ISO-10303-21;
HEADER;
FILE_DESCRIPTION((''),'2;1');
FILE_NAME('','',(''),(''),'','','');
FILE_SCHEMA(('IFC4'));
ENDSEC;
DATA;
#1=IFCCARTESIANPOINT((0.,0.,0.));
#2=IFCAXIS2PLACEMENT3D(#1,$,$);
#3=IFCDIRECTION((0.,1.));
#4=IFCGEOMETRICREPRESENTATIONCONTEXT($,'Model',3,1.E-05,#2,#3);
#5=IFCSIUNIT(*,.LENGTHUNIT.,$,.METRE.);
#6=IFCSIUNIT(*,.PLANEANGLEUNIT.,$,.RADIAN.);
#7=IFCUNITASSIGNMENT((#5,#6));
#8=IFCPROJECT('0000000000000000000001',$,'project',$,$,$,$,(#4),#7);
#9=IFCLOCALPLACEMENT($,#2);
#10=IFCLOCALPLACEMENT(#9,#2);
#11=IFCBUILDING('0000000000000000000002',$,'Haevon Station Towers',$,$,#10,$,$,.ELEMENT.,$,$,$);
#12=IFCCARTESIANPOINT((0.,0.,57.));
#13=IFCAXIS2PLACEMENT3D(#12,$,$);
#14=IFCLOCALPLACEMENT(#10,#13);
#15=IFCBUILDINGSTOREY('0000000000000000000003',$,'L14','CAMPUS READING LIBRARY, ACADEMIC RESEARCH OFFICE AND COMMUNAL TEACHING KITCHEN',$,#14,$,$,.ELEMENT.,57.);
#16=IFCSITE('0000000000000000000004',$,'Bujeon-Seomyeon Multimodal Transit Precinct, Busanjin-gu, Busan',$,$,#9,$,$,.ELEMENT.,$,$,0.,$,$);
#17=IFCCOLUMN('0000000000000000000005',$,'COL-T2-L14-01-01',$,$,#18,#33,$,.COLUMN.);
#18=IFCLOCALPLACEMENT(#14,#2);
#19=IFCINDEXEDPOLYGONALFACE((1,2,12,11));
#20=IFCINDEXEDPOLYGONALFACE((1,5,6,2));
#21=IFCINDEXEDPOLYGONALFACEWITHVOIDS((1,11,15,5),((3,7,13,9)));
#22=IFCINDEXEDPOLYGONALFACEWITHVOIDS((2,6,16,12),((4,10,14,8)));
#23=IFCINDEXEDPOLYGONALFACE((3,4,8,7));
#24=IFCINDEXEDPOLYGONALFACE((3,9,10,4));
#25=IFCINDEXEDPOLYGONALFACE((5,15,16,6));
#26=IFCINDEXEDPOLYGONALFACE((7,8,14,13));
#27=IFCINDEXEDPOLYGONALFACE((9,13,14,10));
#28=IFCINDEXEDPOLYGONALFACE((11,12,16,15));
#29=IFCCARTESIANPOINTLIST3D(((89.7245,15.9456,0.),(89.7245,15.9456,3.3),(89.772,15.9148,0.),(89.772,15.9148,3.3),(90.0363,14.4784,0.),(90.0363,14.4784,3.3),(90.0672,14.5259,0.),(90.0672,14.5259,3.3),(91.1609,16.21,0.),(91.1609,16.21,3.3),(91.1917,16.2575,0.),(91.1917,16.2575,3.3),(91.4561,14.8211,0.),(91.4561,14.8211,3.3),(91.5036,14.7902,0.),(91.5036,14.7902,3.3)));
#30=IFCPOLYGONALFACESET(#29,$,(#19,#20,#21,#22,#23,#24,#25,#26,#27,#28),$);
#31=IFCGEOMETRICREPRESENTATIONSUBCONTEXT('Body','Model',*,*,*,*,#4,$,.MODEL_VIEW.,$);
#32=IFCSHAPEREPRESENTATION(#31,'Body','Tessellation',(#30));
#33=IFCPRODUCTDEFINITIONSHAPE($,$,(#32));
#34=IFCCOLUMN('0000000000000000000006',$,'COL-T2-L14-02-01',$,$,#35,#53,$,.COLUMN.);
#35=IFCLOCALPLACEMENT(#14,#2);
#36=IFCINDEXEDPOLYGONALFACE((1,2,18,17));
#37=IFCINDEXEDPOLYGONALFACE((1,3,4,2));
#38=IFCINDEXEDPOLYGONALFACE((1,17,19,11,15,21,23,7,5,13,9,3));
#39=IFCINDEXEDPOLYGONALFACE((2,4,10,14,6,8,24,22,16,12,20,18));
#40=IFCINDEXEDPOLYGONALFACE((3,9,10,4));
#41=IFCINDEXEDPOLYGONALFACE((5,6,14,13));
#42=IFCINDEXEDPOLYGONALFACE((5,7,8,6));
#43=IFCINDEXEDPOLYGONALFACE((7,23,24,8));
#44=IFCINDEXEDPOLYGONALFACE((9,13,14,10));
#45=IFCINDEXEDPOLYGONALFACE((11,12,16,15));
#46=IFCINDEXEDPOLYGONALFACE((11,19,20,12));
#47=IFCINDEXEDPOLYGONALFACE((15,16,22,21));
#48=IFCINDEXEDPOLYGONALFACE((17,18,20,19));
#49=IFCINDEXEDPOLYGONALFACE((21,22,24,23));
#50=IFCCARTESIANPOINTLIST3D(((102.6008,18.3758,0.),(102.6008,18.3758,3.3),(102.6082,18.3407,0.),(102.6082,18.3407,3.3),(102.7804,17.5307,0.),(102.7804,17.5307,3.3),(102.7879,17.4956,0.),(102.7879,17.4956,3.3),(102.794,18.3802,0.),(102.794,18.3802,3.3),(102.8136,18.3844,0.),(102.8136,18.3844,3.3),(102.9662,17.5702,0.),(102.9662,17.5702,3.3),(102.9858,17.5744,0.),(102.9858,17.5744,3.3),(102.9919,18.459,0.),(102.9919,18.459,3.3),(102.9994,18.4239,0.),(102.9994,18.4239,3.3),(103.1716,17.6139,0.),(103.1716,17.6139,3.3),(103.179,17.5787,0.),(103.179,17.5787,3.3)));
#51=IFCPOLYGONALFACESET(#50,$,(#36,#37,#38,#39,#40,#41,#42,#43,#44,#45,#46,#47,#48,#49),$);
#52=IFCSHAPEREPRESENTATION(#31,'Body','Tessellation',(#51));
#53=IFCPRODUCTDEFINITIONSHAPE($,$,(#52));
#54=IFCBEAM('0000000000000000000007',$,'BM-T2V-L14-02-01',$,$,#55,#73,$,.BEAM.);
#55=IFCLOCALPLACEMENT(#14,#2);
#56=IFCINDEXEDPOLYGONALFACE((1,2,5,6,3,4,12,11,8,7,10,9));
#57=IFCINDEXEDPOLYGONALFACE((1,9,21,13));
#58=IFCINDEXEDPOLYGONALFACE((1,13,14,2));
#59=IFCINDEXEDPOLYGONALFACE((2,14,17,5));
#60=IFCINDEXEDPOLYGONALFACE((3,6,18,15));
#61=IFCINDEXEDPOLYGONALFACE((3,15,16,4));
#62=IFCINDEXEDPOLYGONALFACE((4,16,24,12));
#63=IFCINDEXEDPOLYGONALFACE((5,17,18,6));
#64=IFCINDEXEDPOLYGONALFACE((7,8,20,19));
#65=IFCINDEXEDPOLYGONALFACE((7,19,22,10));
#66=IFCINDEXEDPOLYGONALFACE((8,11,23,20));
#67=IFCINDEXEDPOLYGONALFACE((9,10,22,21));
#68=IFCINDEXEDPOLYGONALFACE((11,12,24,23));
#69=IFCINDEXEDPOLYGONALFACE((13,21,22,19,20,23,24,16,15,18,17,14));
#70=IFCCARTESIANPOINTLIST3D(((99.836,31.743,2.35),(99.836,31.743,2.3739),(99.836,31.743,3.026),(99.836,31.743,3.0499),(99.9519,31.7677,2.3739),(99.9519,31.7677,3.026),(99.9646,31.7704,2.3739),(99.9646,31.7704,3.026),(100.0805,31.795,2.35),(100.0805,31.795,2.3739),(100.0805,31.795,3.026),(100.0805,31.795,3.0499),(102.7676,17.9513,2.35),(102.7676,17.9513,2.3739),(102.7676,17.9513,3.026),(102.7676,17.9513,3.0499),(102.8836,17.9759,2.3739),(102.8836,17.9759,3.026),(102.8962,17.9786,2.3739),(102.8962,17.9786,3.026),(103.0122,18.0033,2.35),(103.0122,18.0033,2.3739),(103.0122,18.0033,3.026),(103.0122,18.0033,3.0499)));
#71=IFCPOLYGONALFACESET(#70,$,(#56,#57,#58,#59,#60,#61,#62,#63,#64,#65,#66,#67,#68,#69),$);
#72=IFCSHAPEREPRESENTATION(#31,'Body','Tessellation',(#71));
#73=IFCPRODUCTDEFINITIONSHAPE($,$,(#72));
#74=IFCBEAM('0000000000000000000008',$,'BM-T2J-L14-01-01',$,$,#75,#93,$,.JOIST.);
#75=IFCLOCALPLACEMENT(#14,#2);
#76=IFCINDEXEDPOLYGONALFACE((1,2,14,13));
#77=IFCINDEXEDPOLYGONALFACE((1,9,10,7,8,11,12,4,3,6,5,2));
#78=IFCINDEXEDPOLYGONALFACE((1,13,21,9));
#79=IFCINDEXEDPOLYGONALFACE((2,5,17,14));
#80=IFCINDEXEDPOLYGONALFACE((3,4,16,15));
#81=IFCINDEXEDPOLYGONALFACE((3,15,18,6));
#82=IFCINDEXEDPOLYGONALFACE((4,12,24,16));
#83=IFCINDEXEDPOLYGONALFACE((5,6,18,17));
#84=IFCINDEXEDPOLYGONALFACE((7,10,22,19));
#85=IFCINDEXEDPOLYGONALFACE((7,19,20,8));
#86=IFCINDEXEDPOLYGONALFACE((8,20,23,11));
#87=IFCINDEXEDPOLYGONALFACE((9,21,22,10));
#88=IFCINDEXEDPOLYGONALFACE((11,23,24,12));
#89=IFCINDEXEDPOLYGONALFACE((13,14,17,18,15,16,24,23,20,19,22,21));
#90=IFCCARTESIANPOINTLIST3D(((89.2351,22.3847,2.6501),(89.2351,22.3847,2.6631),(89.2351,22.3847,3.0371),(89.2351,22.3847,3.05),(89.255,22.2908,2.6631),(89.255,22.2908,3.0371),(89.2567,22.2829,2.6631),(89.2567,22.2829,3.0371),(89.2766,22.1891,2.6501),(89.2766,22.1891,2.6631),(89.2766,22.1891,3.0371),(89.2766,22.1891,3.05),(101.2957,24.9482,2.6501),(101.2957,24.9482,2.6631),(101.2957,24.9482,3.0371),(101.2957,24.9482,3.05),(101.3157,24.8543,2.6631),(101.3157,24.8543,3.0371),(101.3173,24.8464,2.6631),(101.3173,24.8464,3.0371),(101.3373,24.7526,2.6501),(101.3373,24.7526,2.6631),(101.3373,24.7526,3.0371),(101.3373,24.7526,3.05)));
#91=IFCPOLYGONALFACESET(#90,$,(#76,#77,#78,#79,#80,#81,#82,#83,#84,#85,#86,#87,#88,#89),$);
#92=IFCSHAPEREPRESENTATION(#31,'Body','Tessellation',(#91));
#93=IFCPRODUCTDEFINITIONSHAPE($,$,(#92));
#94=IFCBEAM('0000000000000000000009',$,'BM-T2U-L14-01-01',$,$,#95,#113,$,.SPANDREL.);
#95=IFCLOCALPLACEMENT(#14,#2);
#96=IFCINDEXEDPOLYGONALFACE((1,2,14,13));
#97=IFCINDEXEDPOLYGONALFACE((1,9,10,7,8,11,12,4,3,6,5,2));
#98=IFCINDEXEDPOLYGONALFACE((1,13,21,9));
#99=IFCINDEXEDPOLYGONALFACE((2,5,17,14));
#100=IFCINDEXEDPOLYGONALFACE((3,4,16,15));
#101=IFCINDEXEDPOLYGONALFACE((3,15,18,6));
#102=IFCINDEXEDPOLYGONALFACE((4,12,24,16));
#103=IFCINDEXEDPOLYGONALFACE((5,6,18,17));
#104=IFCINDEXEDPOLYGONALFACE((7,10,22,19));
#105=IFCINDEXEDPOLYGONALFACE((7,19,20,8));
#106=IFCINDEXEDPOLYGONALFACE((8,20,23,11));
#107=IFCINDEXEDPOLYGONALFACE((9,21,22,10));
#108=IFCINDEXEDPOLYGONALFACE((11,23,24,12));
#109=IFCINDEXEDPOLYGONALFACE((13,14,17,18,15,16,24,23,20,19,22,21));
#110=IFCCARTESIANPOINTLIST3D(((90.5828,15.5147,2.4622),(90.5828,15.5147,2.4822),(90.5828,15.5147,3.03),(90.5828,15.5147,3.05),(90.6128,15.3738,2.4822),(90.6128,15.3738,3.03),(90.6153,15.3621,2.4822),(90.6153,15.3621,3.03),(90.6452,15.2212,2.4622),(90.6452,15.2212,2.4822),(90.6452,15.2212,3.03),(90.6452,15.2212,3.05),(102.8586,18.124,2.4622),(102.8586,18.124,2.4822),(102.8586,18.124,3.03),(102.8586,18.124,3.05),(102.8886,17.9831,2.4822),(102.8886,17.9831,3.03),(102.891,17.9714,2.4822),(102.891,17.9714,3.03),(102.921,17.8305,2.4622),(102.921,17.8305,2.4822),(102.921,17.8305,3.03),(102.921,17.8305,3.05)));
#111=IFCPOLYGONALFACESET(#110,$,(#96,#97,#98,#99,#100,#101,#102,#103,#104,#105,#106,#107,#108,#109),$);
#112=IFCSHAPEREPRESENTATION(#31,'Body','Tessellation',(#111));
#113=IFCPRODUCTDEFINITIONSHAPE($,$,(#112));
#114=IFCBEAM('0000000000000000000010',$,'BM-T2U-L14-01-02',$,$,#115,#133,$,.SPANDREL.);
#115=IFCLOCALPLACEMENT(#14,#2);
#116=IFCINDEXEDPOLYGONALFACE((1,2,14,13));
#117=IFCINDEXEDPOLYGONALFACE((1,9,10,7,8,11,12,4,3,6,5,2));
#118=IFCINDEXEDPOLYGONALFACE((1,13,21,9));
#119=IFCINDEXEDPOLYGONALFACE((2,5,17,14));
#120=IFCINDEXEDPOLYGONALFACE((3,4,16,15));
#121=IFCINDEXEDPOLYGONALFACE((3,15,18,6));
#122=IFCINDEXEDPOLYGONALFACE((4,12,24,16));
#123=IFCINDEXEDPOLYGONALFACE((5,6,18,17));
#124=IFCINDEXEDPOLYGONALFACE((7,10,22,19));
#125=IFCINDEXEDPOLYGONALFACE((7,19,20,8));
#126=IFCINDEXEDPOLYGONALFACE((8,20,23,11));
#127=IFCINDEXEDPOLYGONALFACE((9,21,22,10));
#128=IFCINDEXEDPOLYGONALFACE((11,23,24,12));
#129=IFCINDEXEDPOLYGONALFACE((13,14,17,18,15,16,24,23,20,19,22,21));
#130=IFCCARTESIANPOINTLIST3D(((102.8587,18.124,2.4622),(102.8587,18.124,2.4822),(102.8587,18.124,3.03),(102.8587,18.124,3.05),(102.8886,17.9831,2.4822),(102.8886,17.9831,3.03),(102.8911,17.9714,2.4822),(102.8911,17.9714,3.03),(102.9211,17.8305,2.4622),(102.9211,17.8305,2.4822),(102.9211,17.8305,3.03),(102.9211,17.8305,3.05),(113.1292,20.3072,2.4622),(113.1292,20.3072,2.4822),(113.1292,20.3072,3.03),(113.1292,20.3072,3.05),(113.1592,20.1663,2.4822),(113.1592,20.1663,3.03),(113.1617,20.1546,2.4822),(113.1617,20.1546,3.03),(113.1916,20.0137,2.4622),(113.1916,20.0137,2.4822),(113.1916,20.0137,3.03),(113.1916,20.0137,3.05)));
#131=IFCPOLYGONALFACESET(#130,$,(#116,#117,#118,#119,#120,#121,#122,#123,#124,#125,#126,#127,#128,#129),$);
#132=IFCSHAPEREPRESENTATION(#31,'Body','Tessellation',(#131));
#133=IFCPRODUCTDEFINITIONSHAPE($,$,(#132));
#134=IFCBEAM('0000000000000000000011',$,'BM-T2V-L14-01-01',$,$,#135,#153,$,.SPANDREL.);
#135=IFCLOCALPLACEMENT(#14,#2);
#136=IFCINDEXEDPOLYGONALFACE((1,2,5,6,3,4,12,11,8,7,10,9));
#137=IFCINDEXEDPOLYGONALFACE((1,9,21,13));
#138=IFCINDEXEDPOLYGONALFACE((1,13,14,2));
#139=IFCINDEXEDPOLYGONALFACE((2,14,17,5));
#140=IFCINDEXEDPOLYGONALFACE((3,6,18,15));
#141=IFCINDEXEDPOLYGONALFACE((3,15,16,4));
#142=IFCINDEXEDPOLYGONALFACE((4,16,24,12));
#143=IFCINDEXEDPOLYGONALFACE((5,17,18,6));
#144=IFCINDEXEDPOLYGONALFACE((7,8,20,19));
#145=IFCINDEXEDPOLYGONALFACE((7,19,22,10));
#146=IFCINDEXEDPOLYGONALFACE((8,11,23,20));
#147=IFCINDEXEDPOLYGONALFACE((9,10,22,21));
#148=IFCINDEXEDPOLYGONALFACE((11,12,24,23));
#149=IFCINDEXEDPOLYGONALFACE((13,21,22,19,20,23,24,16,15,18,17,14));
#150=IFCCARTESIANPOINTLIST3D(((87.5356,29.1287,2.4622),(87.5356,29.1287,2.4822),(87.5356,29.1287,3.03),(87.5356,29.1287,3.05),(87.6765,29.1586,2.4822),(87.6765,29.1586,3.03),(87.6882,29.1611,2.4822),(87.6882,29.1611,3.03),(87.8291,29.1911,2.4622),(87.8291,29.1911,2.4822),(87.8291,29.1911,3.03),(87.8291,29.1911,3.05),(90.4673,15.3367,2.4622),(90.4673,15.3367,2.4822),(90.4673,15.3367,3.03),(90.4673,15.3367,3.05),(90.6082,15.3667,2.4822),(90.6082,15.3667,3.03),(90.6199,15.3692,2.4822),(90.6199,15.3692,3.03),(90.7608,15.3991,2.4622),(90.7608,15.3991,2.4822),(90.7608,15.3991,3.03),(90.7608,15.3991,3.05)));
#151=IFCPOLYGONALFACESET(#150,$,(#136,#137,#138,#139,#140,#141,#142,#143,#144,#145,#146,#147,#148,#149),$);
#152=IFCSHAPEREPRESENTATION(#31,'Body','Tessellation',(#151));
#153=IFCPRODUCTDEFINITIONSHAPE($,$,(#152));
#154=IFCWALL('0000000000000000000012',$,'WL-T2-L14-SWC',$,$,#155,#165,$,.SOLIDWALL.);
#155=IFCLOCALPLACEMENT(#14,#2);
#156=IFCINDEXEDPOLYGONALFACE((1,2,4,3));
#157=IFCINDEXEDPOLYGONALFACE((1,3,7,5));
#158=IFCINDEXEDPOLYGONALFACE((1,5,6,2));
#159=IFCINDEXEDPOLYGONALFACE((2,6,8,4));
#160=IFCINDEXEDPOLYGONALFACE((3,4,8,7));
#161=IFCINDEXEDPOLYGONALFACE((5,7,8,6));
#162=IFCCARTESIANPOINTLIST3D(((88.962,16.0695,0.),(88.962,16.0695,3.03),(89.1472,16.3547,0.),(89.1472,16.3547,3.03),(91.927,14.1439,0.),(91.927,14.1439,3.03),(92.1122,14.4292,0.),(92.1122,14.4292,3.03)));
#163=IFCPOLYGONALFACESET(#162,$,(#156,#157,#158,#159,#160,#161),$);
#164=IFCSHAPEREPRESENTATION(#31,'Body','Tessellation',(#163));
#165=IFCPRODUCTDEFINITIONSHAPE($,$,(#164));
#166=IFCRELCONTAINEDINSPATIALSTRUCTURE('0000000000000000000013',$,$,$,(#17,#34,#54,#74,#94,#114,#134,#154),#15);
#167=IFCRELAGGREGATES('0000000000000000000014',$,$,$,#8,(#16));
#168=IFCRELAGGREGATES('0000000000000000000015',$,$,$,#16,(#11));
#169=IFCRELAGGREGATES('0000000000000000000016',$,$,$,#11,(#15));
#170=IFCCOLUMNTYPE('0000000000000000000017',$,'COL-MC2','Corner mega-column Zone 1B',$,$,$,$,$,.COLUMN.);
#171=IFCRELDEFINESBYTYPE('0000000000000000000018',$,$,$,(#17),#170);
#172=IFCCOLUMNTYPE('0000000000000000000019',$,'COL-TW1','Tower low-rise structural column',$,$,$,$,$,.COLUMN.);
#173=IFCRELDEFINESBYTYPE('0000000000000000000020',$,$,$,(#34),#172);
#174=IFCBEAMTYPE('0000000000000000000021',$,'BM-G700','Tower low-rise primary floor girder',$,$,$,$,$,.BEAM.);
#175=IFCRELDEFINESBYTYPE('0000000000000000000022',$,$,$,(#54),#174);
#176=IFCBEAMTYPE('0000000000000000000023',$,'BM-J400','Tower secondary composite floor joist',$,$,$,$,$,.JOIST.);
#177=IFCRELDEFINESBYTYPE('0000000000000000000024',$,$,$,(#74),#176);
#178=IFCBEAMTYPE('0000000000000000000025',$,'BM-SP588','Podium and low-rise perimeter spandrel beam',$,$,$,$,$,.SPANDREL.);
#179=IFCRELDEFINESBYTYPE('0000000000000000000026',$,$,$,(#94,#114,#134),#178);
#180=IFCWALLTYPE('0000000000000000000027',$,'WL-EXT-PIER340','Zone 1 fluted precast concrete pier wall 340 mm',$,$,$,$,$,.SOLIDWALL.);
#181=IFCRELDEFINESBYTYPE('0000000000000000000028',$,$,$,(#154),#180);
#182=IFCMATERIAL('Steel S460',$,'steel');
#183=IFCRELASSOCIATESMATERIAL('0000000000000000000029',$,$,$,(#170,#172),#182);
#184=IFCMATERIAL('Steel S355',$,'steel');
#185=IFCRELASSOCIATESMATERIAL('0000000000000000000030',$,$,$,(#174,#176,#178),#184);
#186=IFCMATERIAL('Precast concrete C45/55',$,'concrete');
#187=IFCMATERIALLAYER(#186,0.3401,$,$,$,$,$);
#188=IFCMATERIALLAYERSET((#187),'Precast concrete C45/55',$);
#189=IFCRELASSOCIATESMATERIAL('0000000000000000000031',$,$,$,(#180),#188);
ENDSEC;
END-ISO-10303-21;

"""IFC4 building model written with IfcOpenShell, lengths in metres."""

from ifc_helpers import new_model, si_unit, direction, frame, frame_2d, origin, origin_2d, place, context, subcontext, project, spatial, rectangle, hollow_rectangle, i_section, extrude, material, layer, layer_set, material_profile, profile_set, type_object, element, save


model = new_model("IFC4")

# Units and contexts
model_context = context("Model", 3, precision=1e-05, world=origin(), true_north=direction((0.0, 1.0)))
body_context = subcontext(model_context, "Body", "Model", "MODEL_VIEW")
ifc_project = project(units=[si_unit("LENGTHUNIT", "METRE"), si_unit("PLANEANGLEUNIT", "RADIAN")], contexts=[model_context])

# Site, building, storey
site_placement = place(None, origin())
site = spatial("IfcSite", under=ifc_project, at=site_placement, Name="Bujeon-Seomyeon Multimodal Transit Precinct, Busanjin-gu, Busan", CompositionType="ELEMENT", RefElevation=0.0)
building_placement = place(site_placement, origin())
building = spatial("IfcBuilding", under=site, at=building_placement, Name="Haevon Station Towers", CompositionType="ELEMENT")
storey_placement = place(building_placement, frame((0.0, 0.0, 57.0)))
storey = spatial("IfcBuildingStorey", under=building, at=storey_placement, Name="L14", Description="CAMPUS READING LIBRARY, ACADEMIC RESEARCH OFFICE AND COMMUNAL TEACHING KITCHEN", CompositionType="ELEMENT", Elevation=57.0)

# Columns
ifc_material_1 = material(Name="Steel S460", Category="steel")
ifc_material_profile_1 = material_profile(ifc_material_1, hollow_rectangle(XDim=1.5, YDim=1.5, WallThickness=0.04, at=origin_2d()), Name="BOX-1500x1500x40")
ifc_profile_set_1 = profile_set([ifc_material_profile_1], Name="Steel S460")
column_type_1 = type_object("IfcColumnType", Name="COL-MC2", Description="Corner mega-column Zone 1B", PredefinedType="COLUMN", material=ifc_profile_set_1)
column_1_placement = place(storey_placement, frame((90.614, 15.3679, 0.0), z_axis=(0.0, 0.0, 1.0), x_axis=(0.978148, 0.207912, 0.0)))
element("IfcColumn", 1, at=column_1_placement, inside=storey, type_object=column_type_1, Name="COL-T2-L14-01-01", PredefinedType="COLUMN", context=body_context, shape_type="SweptSolid", body=[
    extrude(hollow_rectangle(XDim=1.5, YDim=1.5, WallThickness=0.04, at=origin_2d()), origin(), (0.0, 0.0, 1.0), 3.3),
])
ifc_material_profile_2 = material_profile(ifc_material_1, i_section(OverallWidth=0.3999, OverallDepth=0.8999, WebThickness=0.02, FlangeThickness=0.0359, at=origin_2d()), Name="H-900x400x20x36")
ifc_profile_set_2 = profile_set([ifc_material_profile_2], Name="Steel S460")
column_type_2 = type_object("IfcColumnType", Name="COL-TW1", Description="Tower low-rise structural column", PredefinedType="COLUMN", material=ifc_profile_set_2)
column_2_placement = place(storey_placement, frame((102.8899, 17.9773, 0.0), z_axis=(0.0, 0.0, 1.0), x_axis=(0.978148, 0.207912, 0.0)))
element("IfcColumn", 2, at=column_2_placement, inside=storey, type_object=column_type_2, Name="COL-T2-L14-02-01", PredefinedType="COLUMN", context=body_context, shape_type="SweptSolid", body=[
    extrude(i_section(OverallWidth=0.3999, OverallDepth=0.8999, WebThickness=0.02, FlangeThickness=0.0359, at=origin_2d()), origin(), (0.0, 0.0, 1.0), 3.3),
])

# Beams
ifc_material_2 = material(Name="Steel S355", Category="steel")
ifc_material_profile_3 = material_profile(ifc_material_2, i_section(OverallWidth=0.25, OverallDepth=0.7, WebThickness=0.0129, FlangeThickness=0.0239, at=origin_2d()), Name="H-700x250x13x24")
ifc_profile_set_3 = profile_set([ifc_material_profile_3], Name="Steel S355")
beam_type_1 = type_object("IfcBeamType", Name="BM-G700", Description="Tower low-rise primary floor girder", PredefinedType="BEAM", material=ifc_profile_set_3)
beam_1_placement = place(storey_placement, frame((102.8899, 17.9773, 2.7), z_axis=(-0.207919, 0.978146, 0.0), x_axis=(-0.978146, -0.207919, 0.0)))
element("IfcBeam", 3, at=beam_1_placement, inside=storey, type_object=beam_type_1, Name="BM-T2V-L14-02-01", PredefinedType="BEAM", context=body_context, shape_type="SweptSolid", body=[
    extrude(i_section(OverallWidth=0.25, OverallDepth=0.7, WebThickness=0.0129, FlangeThickness=0.0239, at=origin_2d()), origin(), (0.0, 0.0, 1.0), 14.0999),
])
ifc_material_profile_4 = material_profile(ifc_material_2, i_section(OverallWidth=0.2, OverallDepth=0.3999, WebThickness=0.0081, FlangeThickness=0.0129, at=origin_2d()), Name="H-400x200x8x13")
ifc_profile_set_4 = profile_set([ifc_material_profile_4], Name="Steel S355")
beam_type_2 = type_object("IfcBeamType", Name="BM-J400", Description="Tower secondary composite floor joist", PredefinedType="JOIST", material=ifc_profile_set_4)
beam_2_placement = place(storey_placement, frame((89.2559, 22.2869, 2.8501), z_axis=(0.978149, 0.207906, 0.0), x_axis=(-0.207906, 0.978149, 0.0)))
element("IfcBeam", 4, at=beam_2_placement, inside=storey, type_object=beam_type_2, Name="BM-T2J-L14-01-01", PredefinedType="JOIST", context=body_context, shape_type="SweptSolid", body=[
    extrude(i_section(OverallWidth=0.2, OverallDepth=0.3999, WebThickness=0.0081, FlangeThickness=0.0129, at=origin_2d()), origin(), (0.0, 0.0, 1.0), 12.3301),
])
ifc_material_profile_5 = material_profile(ifc_material_2, i_section(OverallWidth=0.3, OverallDepth=0.5879, WebThickness=0.012, FlangeThickness=0.02, at=origin_2d()), Name="H-588x300x12x20")
ifc_profile_set_5 = profile_set([ifc_material_profile_5], Name="Steel S355")
beam_type_3 = type_object("IfcBeamType", Name="BM-SP588", Description="Podium and low-rise perimeter spandrel beam", PredefinedType="SPANDREL", material=ifc_profile_set_5)
beam_3_placement = place(storey_placement, frame((90.614, 15.3679, 2.7561), z_axis=(0.978147, 0.207916, 0.0), x_axis=(-0.207916, 0.978147, 0.0)))
element("IfcBeam", 5, at=beam_3_placement, inside=storey, type_object=beam_type_3, Name="BM-T2U-L14-01-01", PredefinedType="SPANDREL", context=body_context, shape_type="SweptSolid", body=[
    extrude(i_section(OverallWidth=0.3, OverallDepth=0.5879, WebThickness=0.012, FlangeThickness=0.02, at=origin_2d()), origin(), (0.0, 0.0, 1.0), 12.55),
])
beam_4_placement = place(storey_placement, frame((102.8899, 17.9773, 2.7561), z_axis=(0.978147, 0.207915, 0.0), x_axis=(-0.207915, 0.978147, 0.0)))
element("IfcBeam", 6, at=beam_4_placement, inside=storey, type_object=beam_type_3, Name="BM-T2U-L14-01-02", PredefinedType="SPANDREL", context=body_context, shape_type="SweptSolid", body=[
    extrude(i_section(OverallWidth=0.3, OverallDepth=0.5879, WebThickness=0.012, FlangeThickness=0.02, at=origin_2d()), origin(), (0.0, 0.0, 1.0), 10.5),
])
beam_5_placement = place(storey_placement, frame((90.614, 15.3679, 2.7561), z_axis=(-0.207916, 0.978147, 0.0), x_axis=(-0.978147, -0.207916, 0.0)))
element("IfcBeam", 7, at=beam_5_placement, inside=storey, type_object=beam_type_3, Name="BM-T2V-L14-01-01", PredefinedType="SPANDREL", context=body_context, shape_type="SweptSolid", body=[
    extrude(i_section(OverallWidth=0.3, OverallDepth=0.5879, WebThickness=0.012, FlangeThickness=0.02, at=origin_2d()), origin(), (0.0, 0.0, 1.0), 14.1001),
])

# Wall
ifc_material_3 = material(Name="Precast concrete C45/55", Category="concrete")
ifc_layer_1 = layer(ifc_material_3, 0.3401)
ifc_layer_set_1 = layer_set([ifc_layer_1], Name="Precast concrete C45/55")
wall_type_1 = type_object("IfcWallType", Name="WL-EXT-PIER340", Description="Zone 1 fluted precast concrete pier wall 340 mm", PredefinedType="SOLIDWALL", material=ifc_layer_set_1)
wall_1_placement = place(storey_placement, frame((92.0195, 14.2866, 0.0), z_axis=(0.0, 0.0, 1.0), x_axis=(-0.838672, 0.544636, 0.0)))
element("IfcWall", 8, at=wall_1_placement, inside=storey, type_object=wall_type_1, Name="WL-T2-L14-SWC", PredefinedType="SOLIDWALL", context=body_context, shape_type="SweptSolid", body=[
    extrude(rectangle(XDim=3.5354, YDim=0.3401, at=frame_2d((1.7676, 0.0))), origin(), (0.0, 0.0, 1.0), 3.03),
])

save(model, "model.ifc")
